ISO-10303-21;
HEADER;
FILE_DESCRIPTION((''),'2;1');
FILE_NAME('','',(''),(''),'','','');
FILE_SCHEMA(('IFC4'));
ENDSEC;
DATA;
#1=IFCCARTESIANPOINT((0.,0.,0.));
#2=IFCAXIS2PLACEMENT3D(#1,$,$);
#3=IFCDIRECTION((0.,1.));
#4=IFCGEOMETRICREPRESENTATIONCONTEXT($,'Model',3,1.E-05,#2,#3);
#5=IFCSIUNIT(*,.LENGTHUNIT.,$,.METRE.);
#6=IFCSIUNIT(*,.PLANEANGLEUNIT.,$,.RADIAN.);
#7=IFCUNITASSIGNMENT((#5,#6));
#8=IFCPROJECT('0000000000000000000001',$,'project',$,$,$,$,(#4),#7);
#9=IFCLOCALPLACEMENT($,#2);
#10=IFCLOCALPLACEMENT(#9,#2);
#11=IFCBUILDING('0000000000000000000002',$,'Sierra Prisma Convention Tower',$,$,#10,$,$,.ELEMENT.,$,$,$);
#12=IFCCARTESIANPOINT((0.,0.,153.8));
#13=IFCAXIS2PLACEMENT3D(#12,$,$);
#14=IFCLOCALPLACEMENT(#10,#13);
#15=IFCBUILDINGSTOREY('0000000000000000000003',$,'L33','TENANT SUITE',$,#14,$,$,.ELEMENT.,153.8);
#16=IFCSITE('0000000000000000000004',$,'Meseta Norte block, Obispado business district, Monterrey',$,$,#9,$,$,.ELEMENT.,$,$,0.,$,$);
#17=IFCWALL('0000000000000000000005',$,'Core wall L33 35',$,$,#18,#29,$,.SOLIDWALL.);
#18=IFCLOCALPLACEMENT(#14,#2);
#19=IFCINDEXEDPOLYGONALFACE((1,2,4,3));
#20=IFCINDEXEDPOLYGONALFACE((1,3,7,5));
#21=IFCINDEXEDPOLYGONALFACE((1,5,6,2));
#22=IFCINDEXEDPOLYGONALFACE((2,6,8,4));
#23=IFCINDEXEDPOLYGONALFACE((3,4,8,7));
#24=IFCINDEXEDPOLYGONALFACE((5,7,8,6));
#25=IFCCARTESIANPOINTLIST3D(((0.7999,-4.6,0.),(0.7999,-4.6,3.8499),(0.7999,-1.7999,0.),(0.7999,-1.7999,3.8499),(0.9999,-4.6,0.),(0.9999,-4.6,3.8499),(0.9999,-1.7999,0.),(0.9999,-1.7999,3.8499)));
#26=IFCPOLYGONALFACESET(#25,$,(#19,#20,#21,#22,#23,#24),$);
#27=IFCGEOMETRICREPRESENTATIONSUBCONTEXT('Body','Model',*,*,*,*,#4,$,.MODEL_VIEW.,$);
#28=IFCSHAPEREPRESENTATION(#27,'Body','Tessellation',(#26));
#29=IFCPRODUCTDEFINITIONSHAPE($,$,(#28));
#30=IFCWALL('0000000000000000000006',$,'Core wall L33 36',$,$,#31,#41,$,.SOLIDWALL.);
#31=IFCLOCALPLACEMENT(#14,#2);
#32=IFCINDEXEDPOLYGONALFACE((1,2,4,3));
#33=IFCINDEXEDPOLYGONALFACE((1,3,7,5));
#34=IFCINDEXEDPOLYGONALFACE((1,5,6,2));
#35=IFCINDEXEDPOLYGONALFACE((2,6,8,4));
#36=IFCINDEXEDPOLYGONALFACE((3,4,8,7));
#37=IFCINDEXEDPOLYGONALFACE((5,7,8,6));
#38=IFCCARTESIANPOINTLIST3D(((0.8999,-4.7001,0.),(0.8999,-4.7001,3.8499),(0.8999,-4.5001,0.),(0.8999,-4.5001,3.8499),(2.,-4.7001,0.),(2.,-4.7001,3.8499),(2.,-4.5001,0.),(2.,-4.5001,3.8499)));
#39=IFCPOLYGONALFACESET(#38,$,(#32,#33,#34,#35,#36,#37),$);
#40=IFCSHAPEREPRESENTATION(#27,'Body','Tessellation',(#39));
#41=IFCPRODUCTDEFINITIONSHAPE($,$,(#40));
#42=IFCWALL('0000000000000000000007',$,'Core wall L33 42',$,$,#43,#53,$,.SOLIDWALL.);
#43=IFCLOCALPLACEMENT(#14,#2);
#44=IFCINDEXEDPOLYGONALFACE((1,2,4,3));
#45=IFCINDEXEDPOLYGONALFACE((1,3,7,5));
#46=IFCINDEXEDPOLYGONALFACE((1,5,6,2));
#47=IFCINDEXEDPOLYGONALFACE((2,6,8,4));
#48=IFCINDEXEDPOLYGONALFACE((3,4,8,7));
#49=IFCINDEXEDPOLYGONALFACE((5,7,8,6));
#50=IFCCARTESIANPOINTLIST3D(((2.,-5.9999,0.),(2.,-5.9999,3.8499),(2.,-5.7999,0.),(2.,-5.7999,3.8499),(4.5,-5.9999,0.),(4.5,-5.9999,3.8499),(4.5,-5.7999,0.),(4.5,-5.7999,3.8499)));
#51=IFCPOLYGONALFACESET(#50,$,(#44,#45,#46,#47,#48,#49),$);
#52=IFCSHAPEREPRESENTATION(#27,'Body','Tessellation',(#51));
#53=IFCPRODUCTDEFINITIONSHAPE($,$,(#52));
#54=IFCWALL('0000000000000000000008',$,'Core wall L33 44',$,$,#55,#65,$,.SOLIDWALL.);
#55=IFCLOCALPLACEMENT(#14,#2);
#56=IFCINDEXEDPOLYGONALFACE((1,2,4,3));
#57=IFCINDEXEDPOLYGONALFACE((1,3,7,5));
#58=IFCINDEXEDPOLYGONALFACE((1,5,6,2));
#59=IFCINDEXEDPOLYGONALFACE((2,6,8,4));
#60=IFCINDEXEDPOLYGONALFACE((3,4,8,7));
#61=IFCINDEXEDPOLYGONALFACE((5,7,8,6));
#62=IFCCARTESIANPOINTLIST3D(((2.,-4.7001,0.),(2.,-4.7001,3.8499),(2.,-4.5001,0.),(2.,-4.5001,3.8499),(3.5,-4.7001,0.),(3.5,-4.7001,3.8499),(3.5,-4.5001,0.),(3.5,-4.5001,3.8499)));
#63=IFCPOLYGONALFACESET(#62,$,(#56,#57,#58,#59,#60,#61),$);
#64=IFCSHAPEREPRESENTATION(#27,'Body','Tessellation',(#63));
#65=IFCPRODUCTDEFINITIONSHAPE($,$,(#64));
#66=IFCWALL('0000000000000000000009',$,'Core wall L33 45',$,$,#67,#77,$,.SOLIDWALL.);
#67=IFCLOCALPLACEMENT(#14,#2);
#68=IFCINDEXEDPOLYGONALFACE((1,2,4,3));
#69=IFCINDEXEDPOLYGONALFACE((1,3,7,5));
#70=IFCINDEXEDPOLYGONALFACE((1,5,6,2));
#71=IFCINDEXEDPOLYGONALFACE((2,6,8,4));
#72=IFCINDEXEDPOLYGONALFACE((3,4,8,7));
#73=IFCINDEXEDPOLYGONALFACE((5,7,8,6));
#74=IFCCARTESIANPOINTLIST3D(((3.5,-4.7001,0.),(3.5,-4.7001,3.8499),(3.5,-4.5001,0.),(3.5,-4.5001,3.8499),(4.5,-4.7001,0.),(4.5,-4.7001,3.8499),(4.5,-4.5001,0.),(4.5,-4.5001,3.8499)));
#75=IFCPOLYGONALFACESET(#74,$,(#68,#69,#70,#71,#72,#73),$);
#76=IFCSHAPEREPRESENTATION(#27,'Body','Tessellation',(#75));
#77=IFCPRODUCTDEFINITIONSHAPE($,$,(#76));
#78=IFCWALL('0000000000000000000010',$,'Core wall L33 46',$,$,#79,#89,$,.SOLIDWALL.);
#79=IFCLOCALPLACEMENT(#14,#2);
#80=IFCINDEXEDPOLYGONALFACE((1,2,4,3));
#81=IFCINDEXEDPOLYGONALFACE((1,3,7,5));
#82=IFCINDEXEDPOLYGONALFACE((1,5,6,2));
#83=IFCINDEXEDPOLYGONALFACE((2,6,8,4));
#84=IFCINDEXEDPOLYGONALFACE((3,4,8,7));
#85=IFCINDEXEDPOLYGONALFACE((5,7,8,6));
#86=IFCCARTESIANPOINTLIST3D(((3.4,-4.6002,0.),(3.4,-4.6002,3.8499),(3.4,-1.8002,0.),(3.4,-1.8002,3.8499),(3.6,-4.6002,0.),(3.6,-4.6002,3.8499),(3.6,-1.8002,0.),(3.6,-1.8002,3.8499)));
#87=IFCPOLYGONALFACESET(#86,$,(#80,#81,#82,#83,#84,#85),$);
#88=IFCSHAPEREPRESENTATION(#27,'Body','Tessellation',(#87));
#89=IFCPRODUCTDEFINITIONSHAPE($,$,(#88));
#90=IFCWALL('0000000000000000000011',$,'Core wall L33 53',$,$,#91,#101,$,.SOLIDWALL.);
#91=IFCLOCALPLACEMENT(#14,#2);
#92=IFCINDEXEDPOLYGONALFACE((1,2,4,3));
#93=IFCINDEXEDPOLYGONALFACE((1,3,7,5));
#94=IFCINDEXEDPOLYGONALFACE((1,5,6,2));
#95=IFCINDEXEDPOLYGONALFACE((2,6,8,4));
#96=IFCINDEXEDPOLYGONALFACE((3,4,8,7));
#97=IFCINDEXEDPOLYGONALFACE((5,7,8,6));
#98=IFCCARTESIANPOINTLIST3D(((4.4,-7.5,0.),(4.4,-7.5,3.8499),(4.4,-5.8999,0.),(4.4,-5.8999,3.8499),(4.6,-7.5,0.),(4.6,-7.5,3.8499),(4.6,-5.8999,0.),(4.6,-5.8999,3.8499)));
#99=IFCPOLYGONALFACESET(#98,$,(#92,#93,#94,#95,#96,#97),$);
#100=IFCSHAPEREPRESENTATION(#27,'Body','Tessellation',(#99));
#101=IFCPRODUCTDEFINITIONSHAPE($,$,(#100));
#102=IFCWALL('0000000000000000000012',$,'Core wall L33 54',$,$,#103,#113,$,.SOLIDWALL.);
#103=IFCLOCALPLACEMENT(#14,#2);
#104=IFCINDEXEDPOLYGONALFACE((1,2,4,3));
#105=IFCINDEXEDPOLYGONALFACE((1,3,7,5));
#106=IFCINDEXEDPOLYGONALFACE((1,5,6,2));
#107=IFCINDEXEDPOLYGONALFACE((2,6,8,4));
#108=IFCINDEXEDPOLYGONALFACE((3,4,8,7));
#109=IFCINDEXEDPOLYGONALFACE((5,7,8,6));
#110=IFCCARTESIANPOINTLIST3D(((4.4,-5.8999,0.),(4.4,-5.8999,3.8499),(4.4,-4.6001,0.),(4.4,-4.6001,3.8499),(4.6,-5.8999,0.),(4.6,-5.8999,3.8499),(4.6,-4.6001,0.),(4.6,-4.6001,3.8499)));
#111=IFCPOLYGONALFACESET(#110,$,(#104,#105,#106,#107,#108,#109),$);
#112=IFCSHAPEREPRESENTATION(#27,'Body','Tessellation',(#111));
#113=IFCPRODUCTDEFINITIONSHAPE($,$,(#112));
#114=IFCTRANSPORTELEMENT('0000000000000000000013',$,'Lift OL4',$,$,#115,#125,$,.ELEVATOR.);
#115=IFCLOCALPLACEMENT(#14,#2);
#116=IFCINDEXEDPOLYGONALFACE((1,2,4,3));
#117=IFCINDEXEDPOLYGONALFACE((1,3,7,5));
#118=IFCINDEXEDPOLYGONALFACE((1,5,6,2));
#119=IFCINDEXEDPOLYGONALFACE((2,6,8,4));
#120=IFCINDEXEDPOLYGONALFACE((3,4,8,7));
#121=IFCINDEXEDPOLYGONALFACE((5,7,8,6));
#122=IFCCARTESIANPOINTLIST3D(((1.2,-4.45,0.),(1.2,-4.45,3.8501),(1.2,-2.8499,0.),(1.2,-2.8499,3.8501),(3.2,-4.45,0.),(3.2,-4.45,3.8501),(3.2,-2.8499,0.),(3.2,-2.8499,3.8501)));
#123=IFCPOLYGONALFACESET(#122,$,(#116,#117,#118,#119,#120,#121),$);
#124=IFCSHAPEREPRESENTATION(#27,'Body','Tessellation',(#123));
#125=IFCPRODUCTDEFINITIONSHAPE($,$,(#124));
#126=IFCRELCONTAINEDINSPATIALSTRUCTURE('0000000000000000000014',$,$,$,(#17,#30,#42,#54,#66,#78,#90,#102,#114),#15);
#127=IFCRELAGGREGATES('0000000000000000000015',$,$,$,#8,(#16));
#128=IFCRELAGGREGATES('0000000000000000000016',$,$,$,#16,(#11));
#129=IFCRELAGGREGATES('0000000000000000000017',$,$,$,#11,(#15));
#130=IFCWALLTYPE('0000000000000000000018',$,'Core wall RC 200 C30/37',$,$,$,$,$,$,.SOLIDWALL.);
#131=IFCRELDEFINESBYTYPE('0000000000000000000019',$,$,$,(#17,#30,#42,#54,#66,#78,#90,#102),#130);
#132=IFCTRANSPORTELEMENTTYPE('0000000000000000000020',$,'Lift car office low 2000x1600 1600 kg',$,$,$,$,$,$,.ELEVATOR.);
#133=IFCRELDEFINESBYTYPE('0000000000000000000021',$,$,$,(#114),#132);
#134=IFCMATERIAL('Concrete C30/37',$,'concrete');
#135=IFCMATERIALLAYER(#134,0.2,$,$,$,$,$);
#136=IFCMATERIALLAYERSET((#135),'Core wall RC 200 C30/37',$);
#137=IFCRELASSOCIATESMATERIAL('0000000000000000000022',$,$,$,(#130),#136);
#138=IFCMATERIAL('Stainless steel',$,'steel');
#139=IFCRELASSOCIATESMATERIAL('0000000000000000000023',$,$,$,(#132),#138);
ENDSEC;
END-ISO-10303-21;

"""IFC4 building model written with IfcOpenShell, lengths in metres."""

from ifc_helpers import new_model, si_unit, direction, frame, frame_2d, origin, origin_2d, place, context, subcontext, project, spatial, rectangle, extrude, material, layer, layer_set, type_object, element, save


model = new_model("IFC4")

# Units and contexts
model_context = context("Model", 3, precision=1e-05, world=origin(), true_north=direction((0.0, 1.0)))
body_context = subcontext(model_context, "Body", "Model", "MODEL_VIEW")
ifc_project = project(units=[si_unit("LENGTHUNIT", "METRE"), si_unit("PLANEANGLEUNIT", "RADIAN")], contexts=[model_context])

# Site, building, storey
site_placement = place(None, origin())
site = spatial("IfcSite", under=ifc_project, at=site_placement, Name="Meseta Norte block, Obispado business district, Monterrey", CompositionType="ELEMENT", RefElevation=0.0)
building_placement = place(site_placement, origin())
building = spatial("IfcBuilding", under=site, at=building_placement, Name="Sierra Prisma Convention Tower", CompositionType="ELEMENT")
storey_placement = place(building_placement, frame((0.0, 0.0, 153.8)))
storey = spatial("IfcBuildingStorey", under=building, at=storey_placement, Name="L33", Description="TENANT SUITE", CompositionType="ELEMENT", Elevation=153.8)

# Shared definitions
ifc_material_1 = material(Name="Concrete C30/37", Category="concrete")
ifc_layer = layer(ifc_material_1, 0.2)
ifc_layer_set = layer_set([ifc_layer], Name="Core wall RC 200 C30/37")
wall_type = type_object("IfcWallType", Name="Core wall RC 200 C30/37", PredefinedType="SOLIDWALL", material=ifc_layer_set)

# Walls
wall_1_placement = place(storey_placement, frame((0.8999, -1.8, 0.0), z_axis=(0.0, 0.0, 1.0), x_axis=(0.0, -1.0, 0.0)))
element("IfcWall", 1, at=wall_1_placement, inside=storey, type_object=wall_type, Name="Core wall L33 35", PredefinedType="SOLIDWALL", context=body_context, shape_type="SweptSolid", body=[
    extrude(rectangle(XDim=2.8, YDim=0.2, at=frame_2d((1.3999, 0.0))), origin(), (0.0, 0.0, 1.0), 3.8499),
])
wall_2_placement = place(storey_placement, frame((0.8999, -4.6001, 0.0), z_axis=(0.0, 0.0, 1.0), x_axis=(1.0, 0.0, 0.0)))
element("IfcWall", 2, at=wall_2_placement, inside=storey, type_object=wall_type, Name="Core wall L33 36", PredefinedType="SOLIDWALL", context=body_context, shape_type="SweptSolid", body=[
    extrude(rectangle(XDim=1.1001, YDim=0.2, at=frame_2d((0.55, 0.0))), origin(), (0.0, 0.0, 1.0), 3.8499),
])

# Wall
wall_3_placement = place(storey_placement, frame((4.5, -5.8999, 0.0), z_axis=(0.0, 0.0, 1.0), x_axis=(-1.0, 0.0, 0.0)))
element("IfcWall", 3, at=wall_3_placement, inside=storey, type_object=wall_type, Name="Core wall L33 42", PredefinedType="SOLIDWALL", context=body_context, shape_type="SweptSolid", body=[
    extrude(rectangle(XDim=2.5, YDim=0.2, at=frame_2d((1.25, 0.0))), origin(), (0.0, 0.0, 1.0), 3.8499),
])

# Walls
wall_4_placement = place(storey_placement, frame((3.5, -4.6001, 0.0), z_axis=(0.0, 0.0, 1.0), x_axis=(-1.0, 0.0, 0.0)))
element("IfcWall", 4, at=wall_4_placement, inside=storey, type_object=wall_type, Name="Core wall L33 44", PredefinedType="SOLIDWALL", context=body_context, shape_type="SweptSolid", body=[
    extrude(rectangle(XDim=1.5, YDim=0.2, at=frame_2d((0.75, 0.0))), origin(), (0.0, 0.0, 1.0), 3.8499),
])
wall_5_placement = place(storey_placement, frame((4.5, -4.6001, 0.0), z_axis=(0.0, 0.0, 1.0), x_axis=(-1.0, 0.0, 0.0)))
element("IfcWall", 5, at=wall_5_placement, inside=storey, type_object=wall_type, Name="Core wall L33 45", PredefinedType="SOLIDWALL", context=body_context, shape_type="SweptSolid", body=[
    extrude(rectangle(XDim=1.0, YDim=0.2, at=frame_2d((0.5, 0.0))), origin(), (0.0, 0.0, 1.0), 3.8499),
])
wall_6_placement = place(storey_placement, frame((3.5, -4.6001, 0.0), z_axis=(0.0, 0.0, 1.0), x_axis=(0.0, 1.0, 0.0)))
element("IfcWall", 6, at=wall_6_placement, inside=storey, type_object=wall_type, Name="Core wall L33 46", PredefinedType="SOLIDWALL", context=body_context, shape_type="SweptSolid", body=[
    extrude(rectangle(XDim=2.8, YDim=0.2, at=frame_2d((1.3999, 0.0))), origin(), (0.0, 0.0, 1.0), 3.8499),
])

# Walls
wall_7_placement = place(storey_placement, frame((4.5, -5.8999, 0.0), z_axis=(0.0, 0.0, 1.0), x_axis=(0.0, -1.0, 0.0)))
element("IfcWall", 7, at=wall_7_placement, inside=storey, type_object=wall_type, Name="Core wall L33 53", PredefinedType="SOLIDWALL", context=body_context, shape_type="SweptSolid", body=[
    extrude(rectangle(XDim=1.6001, YDim=0.2, at=frame_2d((0.8, 0.0))), origin(), (0.0, 0.0, 1.0), 3.8499),
])
wall_8_placement = place(storey_placement, frame((4.5, -4.6001, 0.0), z_axis=(0.0, 0.0, 1.0), x_axis=(0.0, -1.0, 0.0)))
element("IfcWall", 8, at=wall_8_placement, inside=storey, type_object=wall_type, Name="Core wall L33 54", PredefinedType="SOLIDWALL", context=body_context, shape_type="SweptSolid", body=[
    extrude(rectangle(XDim=1.2998, YDim=0.2, at=frame_2d((0.6499, 0.0))), origin(), (0.0, 0.0, 1.0), 3.8499),
])

# Transport element
ifc_material_2 = material(Name="Stainless steel", Category="steel")
transport_element_type = type_object("IfcTransportElementType", Name="Lift car office low 2000x1600 1600 kg", PredefinedType="ELEVATOR", material=ifc_material_2)
transport_element_placement = place(storey_placement, frame((2.2, -3.6499, 0.0), z_axis=(0.0, 0.0, 1.0), x_axis=(1.0, 0.0, 0.0)))
element("IfcTransportElement", 9, at=transport_element_placement, inside=storey, type_object=transport_element_type, Name="Lift OL4", PredefinedType="ELEVATOR", context=body_context, shape_type="SweptSolid", body=[
    extrude(rectangle(XDim=2.0, YDim=1.6001, at=origin_2d()), origin(), (0.0, 0.0, 1.0), 3.8501),
])

save(model, "model.ifc")
